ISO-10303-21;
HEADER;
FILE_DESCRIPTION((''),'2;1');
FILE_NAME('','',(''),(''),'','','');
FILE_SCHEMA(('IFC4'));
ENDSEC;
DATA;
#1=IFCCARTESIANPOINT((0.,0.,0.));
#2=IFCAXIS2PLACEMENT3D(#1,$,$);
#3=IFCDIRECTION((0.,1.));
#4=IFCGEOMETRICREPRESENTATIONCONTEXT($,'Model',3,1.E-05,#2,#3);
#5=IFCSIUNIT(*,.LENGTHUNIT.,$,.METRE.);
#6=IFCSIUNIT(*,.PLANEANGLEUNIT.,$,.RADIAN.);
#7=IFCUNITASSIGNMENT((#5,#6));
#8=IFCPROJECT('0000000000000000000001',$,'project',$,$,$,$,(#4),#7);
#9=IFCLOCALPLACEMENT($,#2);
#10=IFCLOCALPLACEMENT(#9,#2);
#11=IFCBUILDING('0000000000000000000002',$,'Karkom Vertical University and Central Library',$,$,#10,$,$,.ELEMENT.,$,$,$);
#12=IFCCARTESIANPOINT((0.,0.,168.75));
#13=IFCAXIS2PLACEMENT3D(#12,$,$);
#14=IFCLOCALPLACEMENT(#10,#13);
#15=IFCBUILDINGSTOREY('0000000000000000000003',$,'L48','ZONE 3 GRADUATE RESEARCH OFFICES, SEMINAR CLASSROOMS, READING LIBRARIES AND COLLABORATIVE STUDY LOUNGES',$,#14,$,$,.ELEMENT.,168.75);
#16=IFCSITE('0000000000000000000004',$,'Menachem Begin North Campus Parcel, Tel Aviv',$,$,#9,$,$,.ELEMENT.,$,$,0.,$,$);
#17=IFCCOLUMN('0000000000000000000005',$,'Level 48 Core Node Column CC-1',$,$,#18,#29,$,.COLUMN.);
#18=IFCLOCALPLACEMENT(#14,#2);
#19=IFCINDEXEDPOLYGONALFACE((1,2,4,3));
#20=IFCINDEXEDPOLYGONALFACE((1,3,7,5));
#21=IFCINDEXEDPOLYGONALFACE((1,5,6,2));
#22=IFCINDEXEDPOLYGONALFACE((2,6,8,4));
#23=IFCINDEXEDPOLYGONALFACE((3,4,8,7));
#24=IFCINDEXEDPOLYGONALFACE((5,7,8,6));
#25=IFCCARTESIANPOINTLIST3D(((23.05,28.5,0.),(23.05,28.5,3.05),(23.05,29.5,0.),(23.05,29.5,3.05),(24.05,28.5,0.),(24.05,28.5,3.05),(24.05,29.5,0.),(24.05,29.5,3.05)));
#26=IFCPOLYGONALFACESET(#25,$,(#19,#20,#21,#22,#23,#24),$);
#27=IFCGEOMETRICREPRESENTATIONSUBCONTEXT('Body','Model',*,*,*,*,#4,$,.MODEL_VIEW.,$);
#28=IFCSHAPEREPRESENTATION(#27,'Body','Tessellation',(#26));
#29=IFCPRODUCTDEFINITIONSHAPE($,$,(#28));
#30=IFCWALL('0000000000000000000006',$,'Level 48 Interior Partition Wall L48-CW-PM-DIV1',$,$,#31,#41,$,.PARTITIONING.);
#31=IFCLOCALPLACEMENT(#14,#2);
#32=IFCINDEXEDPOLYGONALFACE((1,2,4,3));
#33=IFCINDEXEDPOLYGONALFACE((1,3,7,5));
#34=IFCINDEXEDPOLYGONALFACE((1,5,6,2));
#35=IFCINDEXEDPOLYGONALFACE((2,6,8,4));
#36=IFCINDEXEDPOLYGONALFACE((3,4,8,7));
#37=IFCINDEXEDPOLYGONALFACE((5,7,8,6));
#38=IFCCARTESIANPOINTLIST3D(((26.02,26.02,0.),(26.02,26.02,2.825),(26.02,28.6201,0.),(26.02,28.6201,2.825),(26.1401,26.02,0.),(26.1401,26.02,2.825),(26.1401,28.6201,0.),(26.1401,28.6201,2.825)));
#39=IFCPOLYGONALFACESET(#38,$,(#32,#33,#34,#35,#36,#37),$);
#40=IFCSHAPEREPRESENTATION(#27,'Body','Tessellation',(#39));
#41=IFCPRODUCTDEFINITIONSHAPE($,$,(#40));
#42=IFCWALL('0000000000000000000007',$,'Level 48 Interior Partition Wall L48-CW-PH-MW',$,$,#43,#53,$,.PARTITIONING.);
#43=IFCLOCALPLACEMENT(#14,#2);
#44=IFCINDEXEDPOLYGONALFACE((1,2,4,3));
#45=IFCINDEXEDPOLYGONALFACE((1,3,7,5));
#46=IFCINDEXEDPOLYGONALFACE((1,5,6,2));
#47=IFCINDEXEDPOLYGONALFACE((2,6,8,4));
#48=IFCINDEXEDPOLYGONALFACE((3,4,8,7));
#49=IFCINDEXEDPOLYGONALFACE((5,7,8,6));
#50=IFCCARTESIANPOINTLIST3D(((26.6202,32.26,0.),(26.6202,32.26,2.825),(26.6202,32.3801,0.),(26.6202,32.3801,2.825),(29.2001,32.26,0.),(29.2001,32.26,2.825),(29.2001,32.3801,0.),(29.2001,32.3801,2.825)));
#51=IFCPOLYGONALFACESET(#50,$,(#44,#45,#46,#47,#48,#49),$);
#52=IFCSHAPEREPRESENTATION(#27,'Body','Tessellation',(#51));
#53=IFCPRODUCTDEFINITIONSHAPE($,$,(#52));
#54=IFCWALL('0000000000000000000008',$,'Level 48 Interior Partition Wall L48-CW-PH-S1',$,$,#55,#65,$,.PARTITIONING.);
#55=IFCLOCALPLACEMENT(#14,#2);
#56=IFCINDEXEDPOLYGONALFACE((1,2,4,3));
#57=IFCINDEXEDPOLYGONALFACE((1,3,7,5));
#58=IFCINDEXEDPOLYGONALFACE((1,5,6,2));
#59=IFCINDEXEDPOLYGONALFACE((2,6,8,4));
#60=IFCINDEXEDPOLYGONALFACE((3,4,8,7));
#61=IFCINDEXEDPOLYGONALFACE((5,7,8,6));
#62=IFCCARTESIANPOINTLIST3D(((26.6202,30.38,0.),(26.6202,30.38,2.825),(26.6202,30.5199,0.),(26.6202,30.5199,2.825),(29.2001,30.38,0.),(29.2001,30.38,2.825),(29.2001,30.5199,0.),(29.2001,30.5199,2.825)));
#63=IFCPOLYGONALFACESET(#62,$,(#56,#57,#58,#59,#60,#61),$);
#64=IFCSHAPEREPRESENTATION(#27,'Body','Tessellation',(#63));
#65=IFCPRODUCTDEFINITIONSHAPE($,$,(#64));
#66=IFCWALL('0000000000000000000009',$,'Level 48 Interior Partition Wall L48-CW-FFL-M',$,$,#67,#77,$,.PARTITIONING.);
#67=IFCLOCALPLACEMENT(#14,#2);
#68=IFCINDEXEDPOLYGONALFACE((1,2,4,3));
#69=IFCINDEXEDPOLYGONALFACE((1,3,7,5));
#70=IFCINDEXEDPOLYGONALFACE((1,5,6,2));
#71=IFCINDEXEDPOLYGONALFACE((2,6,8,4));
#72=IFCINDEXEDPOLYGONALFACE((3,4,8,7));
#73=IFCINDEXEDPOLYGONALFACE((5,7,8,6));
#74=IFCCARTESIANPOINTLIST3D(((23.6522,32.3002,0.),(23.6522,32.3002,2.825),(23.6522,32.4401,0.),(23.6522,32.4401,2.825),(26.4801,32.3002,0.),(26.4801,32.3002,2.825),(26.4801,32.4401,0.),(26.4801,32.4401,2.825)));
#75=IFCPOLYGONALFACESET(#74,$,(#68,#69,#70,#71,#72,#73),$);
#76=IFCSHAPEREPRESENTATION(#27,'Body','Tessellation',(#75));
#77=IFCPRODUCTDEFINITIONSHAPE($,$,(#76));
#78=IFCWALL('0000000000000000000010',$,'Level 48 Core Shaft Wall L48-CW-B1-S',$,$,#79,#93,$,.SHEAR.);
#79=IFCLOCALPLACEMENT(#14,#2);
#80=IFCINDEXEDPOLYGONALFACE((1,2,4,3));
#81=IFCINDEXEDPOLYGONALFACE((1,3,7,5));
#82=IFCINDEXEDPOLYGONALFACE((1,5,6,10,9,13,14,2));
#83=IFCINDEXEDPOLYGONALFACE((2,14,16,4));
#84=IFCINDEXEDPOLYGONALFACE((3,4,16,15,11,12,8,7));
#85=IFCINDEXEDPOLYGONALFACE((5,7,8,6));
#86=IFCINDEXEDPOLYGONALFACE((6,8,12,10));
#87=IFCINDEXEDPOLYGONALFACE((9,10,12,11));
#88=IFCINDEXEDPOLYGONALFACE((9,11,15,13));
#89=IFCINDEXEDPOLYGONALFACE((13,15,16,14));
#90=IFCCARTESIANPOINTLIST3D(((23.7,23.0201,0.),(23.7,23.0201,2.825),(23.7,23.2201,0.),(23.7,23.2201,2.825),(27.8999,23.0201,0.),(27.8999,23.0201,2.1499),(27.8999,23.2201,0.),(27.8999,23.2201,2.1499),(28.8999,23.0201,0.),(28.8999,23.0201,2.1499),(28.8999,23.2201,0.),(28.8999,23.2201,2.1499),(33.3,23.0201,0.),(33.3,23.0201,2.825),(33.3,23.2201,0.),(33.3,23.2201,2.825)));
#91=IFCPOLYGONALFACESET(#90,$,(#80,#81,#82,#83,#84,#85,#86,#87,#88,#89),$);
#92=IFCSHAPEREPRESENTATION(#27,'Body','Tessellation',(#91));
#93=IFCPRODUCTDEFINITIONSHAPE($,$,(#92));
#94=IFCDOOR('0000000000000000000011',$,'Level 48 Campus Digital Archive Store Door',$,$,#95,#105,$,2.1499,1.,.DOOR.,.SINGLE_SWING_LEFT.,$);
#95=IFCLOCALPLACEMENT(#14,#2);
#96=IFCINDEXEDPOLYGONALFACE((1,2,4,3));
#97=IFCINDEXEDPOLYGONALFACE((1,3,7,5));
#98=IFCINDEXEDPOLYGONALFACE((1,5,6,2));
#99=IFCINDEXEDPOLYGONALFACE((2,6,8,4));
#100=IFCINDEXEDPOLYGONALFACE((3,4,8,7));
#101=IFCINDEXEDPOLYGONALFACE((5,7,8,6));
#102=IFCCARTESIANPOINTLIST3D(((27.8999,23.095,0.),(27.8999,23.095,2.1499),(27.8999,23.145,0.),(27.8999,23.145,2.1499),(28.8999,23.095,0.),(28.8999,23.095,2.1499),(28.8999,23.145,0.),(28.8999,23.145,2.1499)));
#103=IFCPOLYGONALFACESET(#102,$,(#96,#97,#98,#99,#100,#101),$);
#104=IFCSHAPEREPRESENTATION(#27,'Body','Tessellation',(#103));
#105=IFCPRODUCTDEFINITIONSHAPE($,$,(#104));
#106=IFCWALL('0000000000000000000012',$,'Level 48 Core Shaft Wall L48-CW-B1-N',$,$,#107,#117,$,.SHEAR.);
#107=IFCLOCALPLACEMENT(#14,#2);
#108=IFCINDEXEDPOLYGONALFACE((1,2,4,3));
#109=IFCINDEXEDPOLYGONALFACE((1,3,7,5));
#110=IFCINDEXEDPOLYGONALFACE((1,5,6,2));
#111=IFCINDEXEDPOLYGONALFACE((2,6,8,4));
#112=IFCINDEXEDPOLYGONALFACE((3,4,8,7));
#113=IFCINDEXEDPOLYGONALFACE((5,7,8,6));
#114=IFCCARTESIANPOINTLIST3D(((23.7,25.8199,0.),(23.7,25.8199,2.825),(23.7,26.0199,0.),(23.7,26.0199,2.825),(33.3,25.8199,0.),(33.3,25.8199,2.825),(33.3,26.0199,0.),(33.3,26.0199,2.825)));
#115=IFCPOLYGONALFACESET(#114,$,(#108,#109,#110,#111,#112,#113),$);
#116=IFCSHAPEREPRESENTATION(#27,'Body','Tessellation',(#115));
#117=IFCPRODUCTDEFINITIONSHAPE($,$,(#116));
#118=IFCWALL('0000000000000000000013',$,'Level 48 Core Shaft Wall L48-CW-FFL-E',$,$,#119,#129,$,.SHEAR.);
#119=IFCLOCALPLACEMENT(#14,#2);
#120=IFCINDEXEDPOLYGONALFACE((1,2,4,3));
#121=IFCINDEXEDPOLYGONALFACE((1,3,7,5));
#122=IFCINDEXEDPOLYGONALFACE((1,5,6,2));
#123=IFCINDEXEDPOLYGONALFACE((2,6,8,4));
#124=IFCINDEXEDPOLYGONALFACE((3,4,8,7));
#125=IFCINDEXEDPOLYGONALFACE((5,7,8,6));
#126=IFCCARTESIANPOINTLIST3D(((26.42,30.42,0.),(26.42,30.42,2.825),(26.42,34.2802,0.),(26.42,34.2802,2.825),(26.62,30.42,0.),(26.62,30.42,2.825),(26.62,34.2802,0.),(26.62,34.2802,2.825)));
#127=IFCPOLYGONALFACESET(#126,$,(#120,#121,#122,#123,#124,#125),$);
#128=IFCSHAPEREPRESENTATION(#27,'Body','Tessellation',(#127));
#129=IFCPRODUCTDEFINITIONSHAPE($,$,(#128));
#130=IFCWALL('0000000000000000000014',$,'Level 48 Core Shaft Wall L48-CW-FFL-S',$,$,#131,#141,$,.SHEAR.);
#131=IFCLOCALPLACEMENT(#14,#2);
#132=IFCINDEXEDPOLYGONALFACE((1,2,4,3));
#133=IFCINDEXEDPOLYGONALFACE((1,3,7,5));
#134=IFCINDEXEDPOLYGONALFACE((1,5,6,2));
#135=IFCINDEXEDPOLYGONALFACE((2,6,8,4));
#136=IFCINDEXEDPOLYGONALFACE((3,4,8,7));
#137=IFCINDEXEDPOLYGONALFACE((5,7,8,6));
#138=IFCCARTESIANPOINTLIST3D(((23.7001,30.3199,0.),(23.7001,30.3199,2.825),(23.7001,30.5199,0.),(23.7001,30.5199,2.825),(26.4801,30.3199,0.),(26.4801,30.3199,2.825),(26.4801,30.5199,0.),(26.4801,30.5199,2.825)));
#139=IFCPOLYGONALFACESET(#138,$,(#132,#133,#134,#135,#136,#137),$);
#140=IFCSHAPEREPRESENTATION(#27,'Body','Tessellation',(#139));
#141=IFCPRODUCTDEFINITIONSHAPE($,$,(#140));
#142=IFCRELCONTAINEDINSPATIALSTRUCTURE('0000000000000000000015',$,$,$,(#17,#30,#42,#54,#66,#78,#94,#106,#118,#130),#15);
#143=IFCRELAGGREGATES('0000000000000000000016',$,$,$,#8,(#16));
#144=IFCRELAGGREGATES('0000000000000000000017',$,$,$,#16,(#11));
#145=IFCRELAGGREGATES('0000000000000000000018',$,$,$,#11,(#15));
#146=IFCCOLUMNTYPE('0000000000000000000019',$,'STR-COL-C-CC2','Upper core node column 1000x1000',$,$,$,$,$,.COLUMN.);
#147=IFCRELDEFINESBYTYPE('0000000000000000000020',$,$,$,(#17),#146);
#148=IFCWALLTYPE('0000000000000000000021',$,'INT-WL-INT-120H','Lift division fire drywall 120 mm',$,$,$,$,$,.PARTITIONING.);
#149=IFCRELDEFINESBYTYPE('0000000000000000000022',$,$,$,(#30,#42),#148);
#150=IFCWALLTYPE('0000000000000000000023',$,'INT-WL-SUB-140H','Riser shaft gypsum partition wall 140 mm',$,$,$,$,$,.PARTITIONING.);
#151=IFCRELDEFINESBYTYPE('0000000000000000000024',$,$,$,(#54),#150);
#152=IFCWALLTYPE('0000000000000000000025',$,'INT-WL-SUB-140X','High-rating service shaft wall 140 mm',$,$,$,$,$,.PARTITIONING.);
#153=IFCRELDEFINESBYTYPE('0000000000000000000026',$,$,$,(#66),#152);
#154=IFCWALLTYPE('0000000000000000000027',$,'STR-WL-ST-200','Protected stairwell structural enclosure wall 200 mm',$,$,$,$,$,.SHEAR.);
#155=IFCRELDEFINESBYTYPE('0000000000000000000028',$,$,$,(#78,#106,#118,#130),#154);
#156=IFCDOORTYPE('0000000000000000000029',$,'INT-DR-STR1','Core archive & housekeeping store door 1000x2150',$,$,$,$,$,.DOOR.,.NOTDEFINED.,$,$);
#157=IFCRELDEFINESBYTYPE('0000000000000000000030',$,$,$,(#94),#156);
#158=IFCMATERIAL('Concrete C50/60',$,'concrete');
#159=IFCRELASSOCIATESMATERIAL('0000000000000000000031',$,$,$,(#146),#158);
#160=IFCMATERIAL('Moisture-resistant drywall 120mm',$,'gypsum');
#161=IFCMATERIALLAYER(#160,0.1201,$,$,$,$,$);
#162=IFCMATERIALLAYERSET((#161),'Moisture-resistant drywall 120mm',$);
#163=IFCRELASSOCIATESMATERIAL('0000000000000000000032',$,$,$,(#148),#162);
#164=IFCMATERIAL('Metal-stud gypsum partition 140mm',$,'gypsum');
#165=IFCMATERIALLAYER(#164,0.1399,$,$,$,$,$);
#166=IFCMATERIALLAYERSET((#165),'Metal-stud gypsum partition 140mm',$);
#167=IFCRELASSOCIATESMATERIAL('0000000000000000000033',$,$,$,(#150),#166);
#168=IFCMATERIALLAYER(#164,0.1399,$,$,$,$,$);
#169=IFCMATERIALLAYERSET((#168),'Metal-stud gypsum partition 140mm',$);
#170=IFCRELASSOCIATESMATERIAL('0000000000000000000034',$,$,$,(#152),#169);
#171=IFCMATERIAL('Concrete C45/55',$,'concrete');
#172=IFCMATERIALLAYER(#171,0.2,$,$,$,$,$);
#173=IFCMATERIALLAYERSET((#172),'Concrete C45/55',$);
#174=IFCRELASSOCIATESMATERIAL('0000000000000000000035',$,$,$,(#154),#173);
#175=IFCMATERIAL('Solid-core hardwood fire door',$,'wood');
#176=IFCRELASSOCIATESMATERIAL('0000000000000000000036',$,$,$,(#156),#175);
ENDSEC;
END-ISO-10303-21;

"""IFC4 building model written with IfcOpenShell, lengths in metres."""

from ifc_helpers import new_model, si_unit, direction, frame, frame_2d, origin, origin_with_axes, origin_2d, place, context, subcontext, project, spatial, rectangle, extrude, source, transform, mapped, material, layer, layer_set, material_profile, profile_set, type_object, element, fill, save


model = new_model("IFC4")

# Units and contexts
model_context = context("Model", 3, precision=1e-05, world=origin(), true_north=direction((0.0, 1.0)))
body_context = subcontext(model_context, "Body", "Model", "MODEL_VIEW")
ifc_project = project(units=[si_unit("LENGTHUNIT", "METRE"), si_unit("PLANEANGLEUNIT", "RADIAN")], contexts=[model_context])

# Site, building, storey
site_placement = place(None, origin())
site = spatial("IfcSite", under=ifc_project, at=site_placement, Name="Menachem Begin North Campus Parcel, Tel Aviv", CompositionType="ELEMENT", RefElevation=0.0)
building_placement = place(site_placement, origin())
building = spatial("IfcBuilding", under=site, at=building_placement, Name="Karkom Vertical University and Central Library", CompositionType="ELEMENT")
storey_placement = place(building_placement, frame((0.0, 0.0, 168.75)))
storey = spatial("IfcBuildingStorey", under=building, at=storey_placement, Name="L48", Description="ZONE 3 GRADUATE RESEARCH OFFICES, SEMINAR CLASSROOMS, READING LIBRARIES AND COLLABORATIVE STUDY LOUNGES", CompositionType="ELEMENT", Elevation=168.75)

# Column
ifc_material_1 = material(Name="Concrete C50/60", Category="concrete")
ifc_material_profile = material_profile(ifc_material_1, rectangle(XDim=1.0, YDim=1.0, at=origin_2d()), Name="RC-1000x1000")
ifc_profile_set = profile_set([ifc_material_profile], Name="Concrete C50/60")
column_type = type_object("IfcColumnType", Name="STR-COL-C-CC2", Description="Upper core node column 1000x1000", PredefinedType="COLUMN", material=ifc_profile_set)
shared_shape_1 = source(origin_with_axes(), body_context, "Body", "SweptSolid", [
    extrude(rectangle(XDim=1.0, YDim=1.0, at=origin_2d()), origin(), (0.0, 0.0, 1.0), 3.05),
])
column_placement = place(storey_placement, frame((23.55, 29.0, 0.0), z_axis=(0.0, 0.0, 1.0), x_axis=(1.0, 0.0, 0.0)))
element("IfcColumn", 1, at=column_placement, inside=storey, type_object=column_type, Name="Level 48 Core Node Column CC-1", PredefinedType="COLUMN", context=body_context, shape_type="MappedRepresentation", body=[
    mapped(shared_shape_1, transform((0.0, 0.0, 0.0), scale=1.0)),
])

# Walls
ifc_material_2 = material(Name="Moisture-resistant drywall 120mm", Category="gypsum")
ifc_layer_1 = layer(ifc_material_2, 0.1201)
ifc_layer_set_1 = layer_set([ifc_layer_1], Name="Moisture-resistant drywall 120mm")
wall_type_1 = type_object("IfcWallType", Name="INT-WL-INT-120H", Description="Lift division fire drywall 120 mm", PredefinedType="PARTITIONING", material=ifc_layer_set_1)
wall_1_placement = place(storey_placement, frame((26.0801, 26.02, 0.0), z_axis=(0.0, 0.0, 1.0), x_axis=(0.0, 1.0, 0.0)))
element("IfcWall", 2, at=wall_1_placement, inside=storey, type_object=wall_type_1, Name="Level 48 Interior Partition Wall L48-CW-PM-DIV1", PredefinedType="PARTITIONING", context=body_context, shape_type="SweptSolid", body=[
    extrude(rectangle(XDim=2.6001, YDim=0.1201, at=frame_2d((1.3, 0.0))), origin(), (0.0, 0.0, 1.0), 2.825),
])
wall_2_placement = place(storey_placement, frame((26.6201, 32.3201, 0.0), z_axis=(0.0, 0.0, 1.0), x_axis=(1.0, 0.0, 0.0)))
element("IfcWall", 3, at=wall_2_placement, inside=storey, type_object=wall_type_1, Name="Level 48 Interior Partition Wall L48-CW-PH-MW", PredefinedType="PARTITIONING", context=body_context, shape_type="SweptSolid", body=[
    extrude(rectangle(XDim=2.5798, YDim=0.1201, at=frame_2d((1.29, 0.0))), origin(), (0.0, 0.0, 1.0), 2.825),
])
ifc_material_3 = material(Name="Metal-stud gypsum partition 140mm", Category="gypsum")
ifc_layer_2 = layer(ifc_material_3, 0.1399)
ifc_layer_set_2 = layer_set([ifc_layer_2], Name="Metal-stud gypsum partition 140mm")
wall_type_2 = type_object("IfcWallType", Name="INT-WL-SUB-140H", Description="Riser shaft gypsum partition wall 140 mm", PredefinedType="PARTITIONING", material=ifc_layer_set_2)
wall_3_placement = place(storey_placement, frame((26.6201, 30.45, 0.0), z_axis=(0.0, 0.0, 1.0), x_axis=(1.0, 0.0, 0.0)))
element("IfcWall", 4, at=wall_3_placement, inside=storey, type_object=wall_type_2, Name="Level 48 Interior Partition Wall L48-CW-PH-S1", PredefinedType="PARTITIONING", context=body_context, shape_type="SweptSolid", body=[
    extrude(rectangle(XDim=2.5798, YDim=0.1399, at=frame_2d((1.29, 0.0))), origin(), (0.0, 0.0, 1.0), 2.825),
])
ifc_layer_3 = layer(ifc_material_3, 0.1399)
ifc_layer_set_3 = layer_set([ifc_layer_3], Name="Metal-stud gypsum partition 140mm")
wall_type_3 = type_object("IfcWallType", Name="INT-WL-SUB-140X", Description="High-rating service shaft wall 140 mm", PredefinedType="PARTITIONING", material=ifc_layer_set_3)
wall_4_placement = place(storey_placement, frame((23.6521, 32.3701, 0.0), z_axis=(0.0, 0.0, 1.0), x_axis=(1.0, 0.0, 0.0)))
element("IfcWall", 5, at=wall_4_placement, inside=storey, type_object=wall_type_3, Name="Level 48 Interior Partition Wall L48-CW-FFL-M", PredefinedType="PARTITIONING", context=body_context, shape_type="SweptSolid", body=[
    extrude(rectangle(XDim=2.8279, YDim=0.1399, at=frame_2d((1.4141, 0.0))), origin(), (0.0, 0.0, 1.0), 2.825),
])

# Wall, opening, door
ifc_material_4 = material(Name="Concrete C45/55", Category="concrete")
ifc_layer_4 = layer(ifc_material_4, 0.2)
ifc_layer_set_4 = layer_set([ifc_layer_4], Name="Concrete C45/55")
wall_type_4 = type_object("IfcWallType", Name="STR-WL-ST-200", Description="Protected stairwell structural enclosure wall 200 mm", PredefinedType="SHEAR", material=ifc_layer_set_4)
wall_5_placement = place(storey_placement, frame((23.7, 23.1201, 0.0), z_axis=(0.0, 0.0, 1.0), x_axis=(1.0, 0.0, 0.0)))
wall_5 = element("IfcWall", 6, at=wall_5_placement, inside=storey, type_object=wall_type_4, Name="Level 48 Core Shaft Wall L48-CW-B1-S", PredefinedType="SHEAR", context=body_context, shape_type="SweptSolid", body=[
    extrude(rectangle(XDim=9.6001, YDim=0.2, at=frame_2d((4.8, 0.0))), origin(), (0.0, 0.0, 1.0), 2.825),
])
opening_1_placement = place(wall_5_placement, frame((4.2, 0.0, 0.0)))
opening_1 = element("IfcOpeningElement", 7, at=opening_1_placement, cuts=wall_5, PredefinedType="OPENING", context=body_context, shape_type="SweptSolid", body=[
    extrude(rectangle(XDim=1.0, YDim=2.1499, at=frame_2d((0.5, 1.075))), frame((0.0, 0.1099, 0.0), z_axis=(0.0, -1.0, 0.0), x_axis=(1.0, 0.0, 0.0)), (0.0, 0.0, 1.0), 0.22),
])
ifc_material_5 = material(Name="Solid-core hardwood fire door", Category="wood")
door_type_1 = type_object("IfcDoorType", Name="INT-DR-STR1", Description="Core archive & housekeeping store door 1000x2150", OperationType="NOTDEFINED", PredefinedType="DOOR", material=ifc_material_5)
shared_shape_2 = source(origin_with_axes(), body_context, "Body", "SweptSolid", [
    extrude(rectangle(XDim=1.0, YDim=2.1499, at=frame_2d((0.5, 1.075))), frame((0.0, 0.0249, 0.0), z_axis=(0.0, -1.0, 0.0), x_axis=(1.0, 0.0, 0.0)), (0.0, 0.0, 1.0), 0.05),
])
door_1_placement = place(opening_1_placement, origin())
door_1 = element("IfcDoor", 8, at=door_1_placement, inside=storey, type_object=door_type_1, Name="Level 48 Campus Digital Archive Store Door", OperationType="SINGLE_SWING_LEFT", OverallHeight=2.1499, OverallWidth=1.0, PredefinedType="DOOR", context=body_context, shape_type="MappedRepresentation", body=[
    mapped(shared_shape_2, transform((0.0, 0.0, 0.0), scale=1.0)),
])
fill(opening_1, door_1)

# Wall
wall_6_placement = place(storey_placement, frame((23.7, 25.9199, 0.0), z_axis=(0.0, 0.0, 1.0), x_axis=(1.0, 0.0, 0.0)))
element("IfcWall", 9, at=wall_6_placement, inside=storey, type_object=wall_type_4, Name="Level 48 Core Shaft Wall L48-CW-B1-N", PredefinedType="SHEAR", context=body_context, shape_type="SweptSolid", body=[
    extrude(rectangle(XDim=9.6001, YDim=0.2, at=frame_2d((4.8, 0.0))), origin(), (0.0, 0.0, 1.0), 2.825),
])

# Walls
wall_7_placement = place(storey_placement, frame((26.52, 30.4199, 0.0), z_axis=(0.0, 0.0, 1.0), x_axis=(0.0, 1.0, 0.0)))
element("IfcWall", 10, at=wall_7_placement, inside=storey, type_object=wall_type_4, Name="Level 48 Core Shaft Wall L48-CW-FFL-E", PredefinedType="SHEAR", context=body_context, shape_type="SweptSolid", body=[
    extrude(rectangle(XDim=3.8601, YDim=0.2, at=frame_2d((1.9302, 0.0))), origin(), (0.0, 0.0, 1.0), 2.825),
])
wall_8_placement = place(storey_placement, frame((23.7, 30.4199, 0.0), z_axis=(0.0, 0.0, 1.0), x_axis=(1.0, 0.0, 0.0)))
element("IfcWall", 11, at=wall_8_placement, inside=storey, type_object=wall_type_4, Name="Level 48 Core Shaft Wall L48-CW-FFL-S", PredefinedType="SHEAR", context=body_context, shape_type="SweptSolid", body=[
    extrude(rectangle(XDim=2.78, YDim=0.2, at=frame_2d((1.3901, 0.0))), origin(), (0.0, 0.0, 1.0), 2.825),
])

save(model, "model.ifc")
